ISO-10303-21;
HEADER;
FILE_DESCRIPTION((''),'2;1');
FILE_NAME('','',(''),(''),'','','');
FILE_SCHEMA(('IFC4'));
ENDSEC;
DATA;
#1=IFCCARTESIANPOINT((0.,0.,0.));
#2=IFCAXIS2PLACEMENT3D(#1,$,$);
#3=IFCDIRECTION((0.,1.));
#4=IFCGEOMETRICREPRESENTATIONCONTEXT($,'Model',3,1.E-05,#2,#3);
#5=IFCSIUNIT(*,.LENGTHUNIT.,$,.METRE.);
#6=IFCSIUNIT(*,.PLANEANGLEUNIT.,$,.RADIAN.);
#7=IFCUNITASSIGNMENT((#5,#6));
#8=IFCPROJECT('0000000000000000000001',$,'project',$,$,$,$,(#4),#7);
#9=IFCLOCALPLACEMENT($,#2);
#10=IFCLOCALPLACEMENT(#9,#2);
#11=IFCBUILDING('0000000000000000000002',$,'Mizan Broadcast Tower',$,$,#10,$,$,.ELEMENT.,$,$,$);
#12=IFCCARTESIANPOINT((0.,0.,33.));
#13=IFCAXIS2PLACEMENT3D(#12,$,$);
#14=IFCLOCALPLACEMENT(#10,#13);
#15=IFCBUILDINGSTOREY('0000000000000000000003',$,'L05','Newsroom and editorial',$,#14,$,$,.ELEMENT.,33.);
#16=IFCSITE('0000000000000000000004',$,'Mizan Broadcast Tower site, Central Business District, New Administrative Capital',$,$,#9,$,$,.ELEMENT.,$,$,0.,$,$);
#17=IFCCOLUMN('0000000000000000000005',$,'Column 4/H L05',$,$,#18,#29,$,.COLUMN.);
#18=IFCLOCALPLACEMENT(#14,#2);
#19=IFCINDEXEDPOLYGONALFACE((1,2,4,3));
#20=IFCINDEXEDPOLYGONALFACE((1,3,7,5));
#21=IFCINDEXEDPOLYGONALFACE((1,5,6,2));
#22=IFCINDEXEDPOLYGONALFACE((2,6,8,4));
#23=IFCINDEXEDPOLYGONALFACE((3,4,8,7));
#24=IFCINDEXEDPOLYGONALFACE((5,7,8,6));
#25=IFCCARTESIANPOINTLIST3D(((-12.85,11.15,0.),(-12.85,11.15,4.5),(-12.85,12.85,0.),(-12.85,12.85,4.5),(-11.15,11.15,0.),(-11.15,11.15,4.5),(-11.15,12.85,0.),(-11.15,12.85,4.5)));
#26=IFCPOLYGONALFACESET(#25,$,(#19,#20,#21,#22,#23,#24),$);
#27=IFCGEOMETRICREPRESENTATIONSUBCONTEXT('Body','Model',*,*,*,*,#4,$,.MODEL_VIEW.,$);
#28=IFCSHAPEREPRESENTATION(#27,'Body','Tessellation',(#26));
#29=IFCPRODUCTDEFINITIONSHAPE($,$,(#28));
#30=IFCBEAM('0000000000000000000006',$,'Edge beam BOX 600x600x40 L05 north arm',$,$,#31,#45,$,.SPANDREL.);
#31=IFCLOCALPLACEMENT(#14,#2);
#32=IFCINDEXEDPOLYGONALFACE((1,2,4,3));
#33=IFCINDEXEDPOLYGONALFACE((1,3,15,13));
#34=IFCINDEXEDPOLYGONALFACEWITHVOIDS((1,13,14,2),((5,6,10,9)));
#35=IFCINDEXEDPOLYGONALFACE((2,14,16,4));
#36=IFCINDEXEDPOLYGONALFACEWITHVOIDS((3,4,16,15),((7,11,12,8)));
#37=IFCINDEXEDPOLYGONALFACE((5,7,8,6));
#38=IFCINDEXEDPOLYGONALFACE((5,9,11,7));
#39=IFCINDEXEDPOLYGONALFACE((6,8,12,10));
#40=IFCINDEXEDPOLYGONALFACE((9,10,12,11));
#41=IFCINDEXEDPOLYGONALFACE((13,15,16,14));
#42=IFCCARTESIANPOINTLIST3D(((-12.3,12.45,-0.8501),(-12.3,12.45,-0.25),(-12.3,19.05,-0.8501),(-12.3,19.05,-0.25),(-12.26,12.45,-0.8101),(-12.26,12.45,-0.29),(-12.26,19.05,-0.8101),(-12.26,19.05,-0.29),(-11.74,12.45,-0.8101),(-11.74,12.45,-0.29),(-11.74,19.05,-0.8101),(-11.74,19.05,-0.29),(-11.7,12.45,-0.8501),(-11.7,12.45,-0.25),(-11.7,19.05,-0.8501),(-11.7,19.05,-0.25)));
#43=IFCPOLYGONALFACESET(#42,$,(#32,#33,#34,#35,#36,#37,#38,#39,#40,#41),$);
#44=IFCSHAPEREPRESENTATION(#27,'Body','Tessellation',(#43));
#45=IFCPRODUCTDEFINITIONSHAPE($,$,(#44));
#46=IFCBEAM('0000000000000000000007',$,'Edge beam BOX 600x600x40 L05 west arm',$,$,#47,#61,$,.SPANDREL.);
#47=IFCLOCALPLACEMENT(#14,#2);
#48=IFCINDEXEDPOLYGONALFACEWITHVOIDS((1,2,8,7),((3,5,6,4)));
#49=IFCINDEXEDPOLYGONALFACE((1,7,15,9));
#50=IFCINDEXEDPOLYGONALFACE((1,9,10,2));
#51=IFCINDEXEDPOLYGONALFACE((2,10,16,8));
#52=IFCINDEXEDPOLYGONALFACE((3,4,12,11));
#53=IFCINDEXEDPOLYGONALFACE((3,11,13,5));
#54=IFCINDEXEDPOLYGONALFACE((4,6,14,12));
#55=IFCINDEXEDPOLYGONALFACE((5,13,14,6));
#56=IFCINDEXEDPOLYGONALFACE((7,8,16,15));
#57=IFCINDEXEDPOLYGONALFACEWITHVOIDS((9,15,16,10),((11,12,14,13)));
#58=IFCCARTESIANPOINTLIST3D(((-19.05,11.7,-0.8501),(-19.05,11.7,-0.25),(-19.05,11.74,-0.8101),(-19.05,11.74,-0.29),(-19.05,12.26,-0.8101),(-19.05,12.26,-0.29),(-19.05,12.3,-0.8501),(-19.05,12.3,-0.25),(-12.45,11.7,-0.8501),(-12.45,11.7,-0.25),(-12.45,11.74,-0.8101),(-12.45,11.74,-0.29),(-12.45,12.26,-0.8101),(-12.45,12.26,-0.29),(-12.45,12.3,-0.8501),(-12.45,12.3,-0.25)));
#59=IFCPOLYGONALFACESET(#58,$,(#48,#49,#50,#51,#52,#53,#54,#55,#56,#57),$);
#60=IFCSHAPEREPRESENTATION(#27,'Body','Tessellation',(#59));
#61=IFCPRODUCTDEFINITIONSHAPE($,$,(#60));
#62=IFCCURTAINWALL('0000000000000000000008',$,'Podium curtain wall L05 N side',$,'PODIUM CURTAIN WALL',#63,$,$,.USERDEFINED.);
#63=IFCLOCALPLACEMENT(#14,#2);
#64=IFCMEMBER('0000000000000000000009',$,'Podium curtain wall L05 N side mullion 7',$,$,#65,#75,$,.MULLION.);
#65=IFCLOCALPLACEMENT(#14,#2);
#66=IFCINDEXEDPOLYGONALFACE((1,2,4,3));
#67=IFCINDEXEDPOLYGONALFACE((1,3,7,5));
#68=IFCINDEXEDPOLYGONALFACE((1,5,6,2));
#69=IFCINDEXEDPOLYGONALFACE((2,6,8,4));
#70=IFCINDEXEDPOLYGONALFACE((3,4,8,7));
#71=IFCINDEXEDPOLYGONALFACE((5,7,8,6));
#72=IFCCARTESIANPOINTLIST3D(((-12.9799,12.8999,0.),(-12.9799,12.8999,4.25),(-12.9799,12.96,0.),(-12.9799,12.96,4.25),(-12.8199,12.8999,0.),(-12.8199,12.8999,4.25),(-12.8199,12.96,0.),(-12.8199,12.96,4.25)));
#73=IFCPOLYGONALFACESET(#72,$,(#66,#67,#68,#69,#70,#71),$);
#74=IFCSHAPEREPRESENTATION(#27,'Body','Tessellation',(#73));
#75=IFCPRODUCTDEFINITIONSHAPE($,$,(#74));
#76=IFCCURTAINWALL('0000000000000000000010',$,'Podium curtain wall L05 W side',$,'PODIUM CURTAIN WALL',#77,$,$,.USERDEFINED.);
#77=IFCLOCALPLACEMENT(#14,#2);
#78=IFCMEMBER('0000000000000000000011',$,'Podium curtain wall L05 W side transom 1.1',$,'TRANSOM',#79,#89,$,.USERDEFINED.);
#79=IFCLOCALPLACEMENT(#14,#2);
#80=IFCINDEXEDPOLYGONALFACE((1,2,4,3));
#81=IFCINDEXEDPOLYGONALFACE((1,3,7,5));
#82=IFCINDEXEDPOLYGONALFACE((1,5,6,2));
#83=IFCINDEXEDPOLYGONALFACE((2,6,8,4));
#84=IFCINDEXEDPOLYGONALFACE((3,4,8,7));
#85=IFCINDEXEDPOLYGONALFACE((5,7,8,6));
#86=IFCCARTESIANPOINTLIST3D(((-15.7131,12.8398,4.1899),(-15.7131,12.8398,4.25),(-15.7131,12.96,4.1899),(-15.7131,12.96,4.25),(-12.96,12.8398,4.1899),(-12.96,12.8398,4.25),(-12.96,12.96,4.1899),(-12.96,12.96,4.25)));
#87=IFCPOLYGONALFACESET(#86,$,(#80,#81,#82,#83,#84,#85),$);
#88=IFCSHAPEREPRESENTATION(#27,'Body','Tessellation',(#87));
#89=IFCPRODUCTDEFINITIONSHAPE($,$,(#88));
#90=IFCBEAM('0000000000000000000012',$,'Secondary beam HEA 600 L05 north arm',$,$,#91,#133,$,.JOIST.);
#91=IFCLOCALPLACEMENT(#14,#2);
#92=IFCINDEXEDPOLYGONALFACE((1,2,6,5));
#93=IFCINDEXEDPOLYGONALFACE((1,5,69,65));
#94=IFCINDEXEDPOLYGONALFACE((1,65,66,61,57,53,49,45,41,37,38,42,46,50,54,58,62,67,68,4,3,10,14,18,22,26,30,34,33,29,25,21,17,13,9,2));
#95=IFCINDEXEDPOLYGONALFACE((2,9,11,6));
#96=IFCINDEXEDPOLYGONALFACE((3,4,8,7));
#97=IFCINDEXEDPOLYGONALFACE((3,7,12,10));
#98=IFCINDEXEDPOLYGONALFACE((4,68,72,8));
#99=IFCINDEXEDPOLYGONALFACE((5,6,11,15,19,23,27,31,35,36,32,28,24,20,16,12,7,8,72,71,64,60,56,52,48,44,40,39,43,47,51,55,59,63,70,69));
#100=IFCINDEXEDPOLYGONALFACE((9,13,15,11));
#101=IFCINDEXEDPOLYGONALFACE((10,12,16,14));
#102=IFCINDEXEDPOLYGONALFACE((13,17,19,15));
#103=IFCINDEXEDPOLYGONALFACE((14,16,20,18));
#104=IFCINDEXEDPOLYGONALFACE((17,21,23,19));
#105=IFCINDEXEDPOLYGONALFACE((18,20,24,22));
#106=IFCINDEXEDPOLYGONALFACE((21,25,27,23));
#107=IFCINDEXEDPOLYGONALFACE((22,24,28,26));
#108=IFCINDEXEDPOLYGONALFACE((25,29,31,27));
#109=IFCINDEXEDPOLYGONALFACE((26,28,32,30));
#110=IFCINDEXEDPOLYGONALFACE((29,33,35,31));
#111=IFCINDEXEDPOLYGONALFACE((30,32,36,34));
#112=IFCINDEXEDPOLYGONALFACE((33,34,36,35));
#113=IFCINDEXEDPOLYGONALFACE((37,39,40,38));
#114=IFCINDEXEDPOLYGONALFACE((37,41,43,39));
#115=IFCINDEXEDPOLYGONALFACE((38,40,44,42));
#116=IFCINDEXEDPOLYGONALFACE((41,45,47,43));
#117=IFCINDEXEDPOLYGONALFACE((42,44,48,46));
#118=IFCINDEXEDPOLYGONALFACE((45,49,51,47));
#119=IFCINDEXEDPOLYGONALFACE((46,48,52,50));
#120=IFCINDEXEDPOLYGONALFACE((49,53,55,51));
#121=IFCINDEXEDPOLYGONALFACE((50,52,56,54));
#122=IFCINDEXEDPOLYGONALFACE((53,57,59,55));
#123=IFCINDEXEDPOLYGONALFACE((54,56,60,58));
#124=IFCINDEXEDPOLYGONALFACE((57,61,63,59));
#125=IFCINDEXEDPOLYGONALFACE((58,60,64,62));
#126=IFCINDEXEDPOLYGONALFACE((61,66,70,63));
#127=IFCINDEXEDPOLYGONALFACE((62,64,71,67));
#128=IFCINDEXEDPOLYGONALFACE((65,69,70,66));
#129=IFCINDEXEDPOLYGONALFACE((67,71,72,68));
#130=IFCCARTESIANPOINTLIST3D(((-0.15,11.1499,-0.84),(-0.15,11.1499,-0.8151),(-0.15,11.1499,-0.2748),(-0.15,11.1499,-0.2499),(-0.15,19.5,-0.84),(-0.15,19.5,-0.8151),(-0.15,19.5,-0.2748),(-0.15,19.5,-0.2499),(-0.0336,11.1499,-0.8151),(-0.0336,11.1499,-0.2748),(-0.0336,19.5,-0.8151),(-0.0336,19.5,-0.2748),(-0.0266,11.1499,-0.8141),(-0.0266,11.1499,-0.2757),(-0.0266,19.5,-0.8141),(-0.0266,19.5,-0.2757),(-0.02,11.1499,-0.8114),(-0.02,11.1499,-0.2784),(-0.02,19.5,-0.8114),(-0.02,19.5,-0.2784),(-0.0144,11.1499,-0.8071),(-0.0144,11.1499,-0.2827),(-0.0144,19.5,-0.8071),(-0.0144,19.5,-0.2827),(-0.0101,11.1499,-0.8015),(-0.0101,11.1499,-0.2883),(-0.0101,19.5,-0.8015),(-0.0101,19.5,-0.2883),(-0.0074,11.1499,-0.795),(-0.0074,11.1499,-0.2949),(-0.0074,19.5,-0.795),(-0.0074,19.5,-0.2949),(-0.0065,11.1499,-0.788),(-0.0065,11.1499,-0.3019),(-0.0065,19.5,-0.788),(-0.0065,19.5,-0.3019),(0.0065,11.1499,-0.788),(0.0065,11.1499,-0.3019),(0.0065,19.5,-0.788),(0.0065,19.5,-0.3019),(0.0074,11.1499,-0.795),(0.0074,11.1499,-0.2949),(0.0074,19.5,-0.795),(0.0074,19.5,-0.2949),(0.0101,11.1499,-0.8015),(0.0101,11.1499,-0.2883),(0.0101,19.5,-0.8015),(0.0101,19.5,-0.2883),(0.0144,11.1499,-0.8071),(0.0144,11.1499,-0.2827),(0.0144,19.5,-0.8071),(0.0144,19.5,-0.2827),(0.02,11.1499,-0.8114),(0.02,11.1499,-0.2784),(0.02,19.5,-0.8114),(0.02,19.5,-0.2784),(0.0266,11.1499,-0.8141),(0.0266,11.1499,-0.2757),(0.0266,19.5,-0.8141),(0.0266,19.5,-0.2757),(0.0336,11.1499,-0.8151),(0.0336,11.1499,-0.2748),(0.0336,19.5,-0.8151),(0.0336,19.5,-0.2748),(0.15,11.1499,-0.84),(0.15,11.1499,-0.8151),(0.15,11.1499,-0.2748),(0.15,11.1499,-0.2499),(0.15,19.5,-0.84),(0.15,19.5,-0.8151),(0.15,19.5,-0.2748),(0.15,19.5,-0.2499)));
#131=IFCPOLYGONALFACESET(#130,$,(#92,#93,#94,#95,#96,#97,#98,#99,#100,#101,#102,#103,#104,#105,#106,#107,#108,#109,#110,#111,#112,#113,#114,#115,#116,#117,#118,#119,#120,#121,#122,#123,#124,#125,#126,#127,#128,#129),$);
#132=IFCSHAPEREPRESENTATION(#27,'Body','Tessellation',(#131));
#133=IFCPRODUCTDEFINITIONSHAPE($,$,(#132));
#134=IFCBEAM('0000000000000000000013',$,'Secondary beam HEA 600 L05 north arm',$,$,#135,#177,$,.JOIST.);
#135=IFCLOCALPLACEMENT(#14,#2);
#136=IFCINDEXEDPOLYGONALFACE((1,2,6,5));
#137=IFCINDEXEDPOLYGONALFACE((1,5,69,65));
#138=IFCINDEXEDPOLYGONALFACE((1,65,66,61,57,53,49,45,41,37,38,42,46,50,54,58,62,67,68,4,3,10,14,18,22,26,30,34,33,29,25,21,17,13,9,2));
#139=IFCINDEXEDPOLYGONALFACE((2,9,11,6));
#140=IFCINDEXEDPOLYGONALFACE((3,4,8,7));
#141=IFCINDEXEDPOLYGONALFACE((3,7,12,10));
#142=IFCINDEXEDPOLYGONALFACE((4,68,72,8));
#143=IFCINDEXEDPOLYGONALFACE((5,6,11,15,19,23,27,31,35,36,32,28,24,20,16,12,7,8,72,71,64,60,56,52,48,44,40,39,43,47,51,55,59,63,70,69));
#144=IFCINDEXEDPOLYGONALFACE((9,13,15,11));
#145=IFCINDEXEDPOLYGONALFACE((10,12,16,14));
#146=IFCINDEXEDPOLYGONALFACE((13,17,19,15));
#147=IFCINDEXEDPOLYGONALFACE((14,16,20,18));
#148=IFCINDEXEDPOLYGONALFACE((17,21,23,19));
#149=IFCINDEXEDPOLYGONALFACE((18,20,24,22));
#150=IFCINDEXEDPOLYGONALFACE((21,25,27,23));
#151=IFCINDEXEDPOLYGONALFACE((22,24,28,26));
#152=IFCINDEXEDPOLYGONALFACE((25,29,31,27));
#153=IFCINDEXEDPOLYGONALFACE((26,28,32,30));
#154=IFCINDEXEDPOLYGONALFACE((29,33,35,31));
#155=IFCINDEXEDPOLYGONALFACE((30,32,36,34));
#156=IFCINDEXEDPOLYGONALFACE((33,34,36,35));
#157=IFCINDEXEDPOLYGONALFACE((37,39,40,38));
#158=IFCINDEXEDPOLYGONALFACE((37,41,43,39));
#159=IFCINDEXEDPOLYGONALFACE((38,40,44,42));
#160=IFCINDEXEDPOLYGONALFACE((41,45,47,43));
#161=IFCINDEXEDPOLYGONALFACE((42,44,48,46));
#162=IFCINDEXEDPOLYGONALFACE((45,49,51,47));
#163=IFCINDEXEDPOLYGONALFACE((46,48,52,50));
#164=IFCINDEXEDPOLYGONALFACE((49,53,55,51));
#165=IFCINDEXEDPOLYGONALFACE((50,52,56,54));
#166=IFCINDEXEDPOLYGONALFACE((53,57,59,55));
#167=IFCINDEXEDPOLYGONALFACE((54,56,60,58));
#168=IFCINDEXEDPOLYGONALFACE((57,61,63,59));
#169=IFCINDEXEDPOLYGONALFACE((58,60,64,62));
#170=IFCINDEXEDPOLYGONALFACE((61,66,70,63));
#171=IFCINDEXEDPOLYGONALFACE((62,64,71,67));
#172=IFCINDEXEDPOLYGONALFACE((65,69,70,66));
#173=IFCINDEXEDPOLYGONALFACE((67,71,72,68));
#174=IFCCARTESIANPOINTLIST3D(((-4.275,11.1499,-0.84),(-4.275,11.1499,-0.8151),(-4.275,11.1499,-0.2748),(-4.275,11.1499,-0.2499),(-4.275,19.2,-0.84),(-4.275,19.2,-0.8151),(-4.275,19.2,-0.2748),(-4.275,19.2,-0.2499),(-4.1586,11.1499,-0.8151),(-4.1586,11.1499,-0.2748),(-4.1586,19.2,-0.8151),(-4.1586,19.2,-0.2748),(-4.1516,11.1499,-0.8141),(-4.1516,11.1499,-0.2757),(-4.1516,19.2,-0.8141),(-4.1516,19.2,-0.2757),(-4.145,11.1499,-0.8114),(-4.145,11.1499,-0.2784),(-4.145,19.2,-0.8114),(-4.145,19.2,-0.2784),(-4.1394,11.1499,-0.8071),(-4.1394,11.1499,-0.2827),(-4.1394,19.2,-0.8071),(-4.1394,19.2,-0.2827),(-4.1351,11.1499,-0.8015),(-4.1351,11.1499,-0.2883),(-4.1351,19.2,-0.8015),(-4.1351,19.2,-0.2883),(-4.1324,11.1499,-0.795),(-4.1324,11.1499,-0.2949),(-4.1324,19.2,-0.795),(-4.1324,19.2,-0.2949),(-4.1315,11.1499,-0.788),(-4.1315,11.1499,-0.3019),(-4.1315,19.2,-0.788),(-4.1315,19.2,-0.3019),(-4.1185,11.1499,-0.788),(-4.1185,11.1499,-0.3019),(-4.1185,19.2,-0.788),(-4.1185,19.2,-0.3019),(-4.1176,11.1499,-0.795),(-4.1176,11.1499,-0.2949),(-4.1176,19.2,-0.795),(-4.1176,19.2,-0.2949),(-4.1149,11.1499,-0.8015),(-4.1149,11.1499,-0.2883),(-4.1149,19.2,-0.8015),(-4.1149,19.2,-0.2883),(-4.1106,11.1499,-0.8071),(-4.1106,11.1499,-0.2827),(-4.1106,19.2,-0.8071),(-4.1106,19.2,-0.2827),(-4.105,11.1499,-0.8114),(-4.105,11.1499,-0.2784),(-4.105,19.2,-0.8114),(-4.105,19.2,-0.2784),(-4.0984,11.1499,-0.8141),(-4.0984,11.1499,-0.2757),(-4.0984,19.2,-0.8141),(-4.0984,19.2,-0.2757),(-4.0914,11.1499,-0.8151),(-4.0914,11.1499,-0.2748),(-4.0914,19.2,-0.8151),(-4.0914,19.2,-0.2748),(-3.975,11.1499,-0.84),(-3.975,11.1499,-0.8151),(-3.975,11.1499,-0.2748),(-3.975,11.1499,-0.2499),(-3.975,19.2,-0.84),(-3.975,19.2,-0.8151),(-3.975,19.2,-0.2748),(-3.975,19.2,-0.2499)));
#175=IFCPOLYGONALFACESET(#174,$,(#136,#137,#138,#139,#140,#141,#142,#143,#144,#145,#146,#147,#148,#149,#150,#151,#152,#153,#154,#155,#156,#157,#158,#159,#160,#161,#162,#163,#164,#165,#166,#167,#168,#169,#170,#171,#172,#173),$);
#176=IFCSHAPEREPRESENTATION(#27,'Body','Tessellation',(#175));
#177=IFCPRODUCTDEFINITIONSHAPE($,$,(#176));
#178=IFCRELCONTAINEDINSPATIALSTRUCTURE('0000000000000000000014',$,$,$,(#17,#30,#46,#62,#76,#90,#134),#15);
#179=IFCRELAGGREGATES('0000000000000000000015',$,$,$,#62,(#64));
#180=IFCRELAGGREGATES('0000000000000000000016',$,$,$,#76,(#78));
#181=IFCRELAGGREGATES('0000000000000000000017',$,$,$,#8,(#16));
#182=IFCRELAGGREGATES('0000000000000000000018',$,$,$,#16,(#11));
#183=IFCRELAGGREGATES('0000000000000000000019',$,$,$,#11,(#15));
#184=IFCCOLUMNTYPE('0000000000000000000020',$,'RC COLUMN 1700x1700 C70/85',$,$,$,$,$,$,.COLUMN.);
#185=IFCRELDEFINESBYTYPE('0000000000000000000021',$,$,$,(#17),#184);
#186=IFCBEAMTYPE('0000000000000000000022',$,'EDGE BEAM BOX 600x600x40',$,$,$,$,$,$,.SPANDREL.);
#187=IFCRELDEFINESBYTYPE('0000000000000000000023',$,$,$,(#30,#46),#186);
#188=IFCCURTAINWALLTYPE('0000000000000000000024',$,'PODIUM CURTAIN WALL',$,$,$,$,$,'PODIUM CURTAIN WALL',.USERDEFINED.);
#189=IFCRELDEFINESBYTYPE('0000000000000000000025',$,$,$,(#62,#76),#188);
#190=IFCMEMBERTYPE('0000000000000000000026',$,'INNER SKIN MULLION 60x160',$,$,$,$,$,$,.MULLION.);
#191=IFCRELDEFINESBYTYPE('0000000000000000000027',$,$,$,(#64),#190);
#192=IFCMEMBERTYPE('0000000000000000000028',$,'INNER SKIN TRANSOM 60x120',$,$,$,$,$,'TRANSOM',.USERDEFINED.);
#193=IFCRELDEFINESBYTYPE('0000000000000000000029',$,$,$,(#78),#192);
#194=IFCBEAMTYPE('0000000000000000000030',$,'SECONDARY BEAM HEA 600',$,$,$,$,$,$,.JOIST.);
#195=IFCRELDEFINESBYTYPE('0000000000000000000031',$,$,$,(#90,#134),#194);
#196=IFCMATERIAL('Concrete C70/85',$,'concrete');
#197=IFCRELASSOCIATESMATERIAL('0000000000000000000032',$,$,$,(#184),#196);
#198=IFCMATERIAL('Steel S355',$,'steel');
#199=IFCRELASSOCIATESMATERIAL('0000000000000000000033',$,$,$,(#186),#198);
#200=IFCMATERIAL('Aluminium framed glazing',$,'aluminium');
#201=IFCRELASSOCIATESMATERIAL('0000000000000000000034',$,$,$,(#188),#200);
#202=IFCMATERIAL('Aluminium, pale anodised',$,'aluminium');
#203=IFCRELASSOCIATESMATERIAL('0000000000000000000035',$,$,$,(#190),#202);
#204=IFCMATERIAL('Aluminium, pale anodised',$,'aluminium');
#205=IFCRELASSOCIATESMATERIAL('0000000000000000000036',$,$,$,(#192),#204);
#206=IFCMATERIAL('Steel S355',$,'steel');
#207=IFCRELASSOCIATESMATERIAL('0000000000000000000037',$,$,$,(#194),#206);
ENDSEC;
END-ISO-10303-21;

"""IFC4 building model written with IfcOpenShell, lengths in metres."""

from ifc_helpers import new_model, si_unit, direction, frame, origin, origin_2d, place, context, subcontext, project, spatial, rectangle, hollow_rectangle, i_section, extrude, material, material_profile, profile_set, type_object, element, aggregate, save


model = new_model("IFC4")

# Units and contexts
model_context = context("Model", 3, precision=1e-05, world=origin(), true_north=direction((0.0, 1.0)))
body_context = subcontext(model_context, "Body", "Model", "MODEL_VIEW")
ifc_project = project(units=[si_unit("LENGTHUNIT", "METRE"), si_unit("PLANEANGLEUNIT", "RADIAN")], contexts=[model_context])

# Site, building, storey
site_placement = place(None, origin())
site = spatial("IfcSite", under=ifc_project, at=site_placement, Name="Mizan Broadcast Tower site, Central Business District, New Administrative Capital", CompositionType="ELEMENT", RefElevation=0.0)
building_placement = place(site_placement, origin())
building = spatial("IfcBuilding", under=site, at=building_placement, Name="Mizan Broadcast Tower", CompositionType="ELEMENT")
storey_placement = place(building_placement, frame((0.0, 0.0, 33.0)))
storey = spatial("IfcBuildingStorey", under=building, at=storey_placement, Name="L05", Description="Newsroom and editorial", CompositionType="ELEMENT", Elevation=33.0)

# Column
ifc_material_1 = material(Name="Concrete C70/85", Category="concrete")
ifc_material_profile_1 = material_profile(ifc_material_1, rectangle(XDim=1.7, YDim=1.7, at=origin_2d()), Name="RC 1700x1700")
ifc_profile_set_1 = profile_set([ifc_material_profile_1], Name="Concrete C70/85")
column_type = type_object("IfcColumnType", Name="RC COLUMN 1700x1700 C70/85", PredefinedType="COLUMN", material=ifc_profile_set_1)
column_placement = place(storey_placement, frame((-12.0, 12.0, 0.0), z_axis=(0.0, 0.0, 1.0), x_axis=(1.0, 0.0, 0.0)))
element("IfcColumn", 1, at=column_placement, inside=storey, type_object=column_type, Name="Column 4/H L05", PredefinedType="COLUMN", context=body_context, shape_type="SweptSolid", body=[
    extrude(rectangle(XDim=1.7, YDim=1.7, at=origin_2d()), origin(), (0.0, 0.0, 1.0), 4.5),
])

# Beams
ifc_material_2 = material(Name="Steel S355", Category="steel")
ifc_material_profile_2 = material_profile(ifc_material_2, hollow_rectangle(XDim=0.6001, YDim=0.6001, WallThickness=0.04, at=origin_2d()), Name="BOX 600x600x40")
ifc_profile_set_2 = profile_set([ifc_material_profile_2], Name="Steel S355")
beam_type_1 = type_object("IfcBeamType", Name="EDGE BEAM BOX 600x600x40", PredefinedType="SPANDREL", material=ifc_profile_set_2)
for number, where, z_axis, x_axis, name in (
    (2, (-12.0, 12.45, -0.55), (0.0, 1.0, 0.0), (-1.0, 0.0, 0.0), "Edge beam BOX 600x600x40 L05 north arm"),
    (3, (-12.45, 12.0, -0.55), (-1.0, 0.0, 0.0), (0.0, -1.0, 0.0), "Edge beam BOX 600x600x40 L05 west arm"),
):
    element("IfcBeam", number, at=place(storey_placement, frame(where, z_axis=z_axis, x_axis=x_axis)), inside=storey, type_object=beam_type_1, Name=name, PredefinedType="SPANDREL", context=body_context, shape_type="SweptSolid", body=[
        extrude(hollow_rectangle(XDim=0.6001, YDim=0.6001, WallThickness=0.04, at=origin_2d()), origin(), (0.0, 0.0, 1.0), 6.6001),
    ])

# Curtain walls, members
ifc_material_3 = material(Name="Aluminium framed glazing", Category="aluminium")
curtain_wall_type = type_object("IfcCurtainWallType", Name="PODIUM CURTAIN WALL", ElementType="PODIUM CURTAIN WALL", PredefinedType="USERDEFINED", material=ifc_material_3)
curtain_wall_1_placement = place(storey_placement, origin())
curtain_wall_1 = element("IfcCurtainWall", 4, at=curtain_wall_1_placement, inside=storey, type_object=curtain_wall_type, Name="Podium curtain wall L05 N side", ObjectType="PODIUM CURTAIN WALL", PredefinedType="USERDEFINED")
ifc_material_4 = material(Name="Aluminium, pale anodised", Category="aluminium")
ifc_material_profile_3 = material_profile(ifc_material_4, rectangle(XDim=0.1599, YDim=0.0601, at=origin_2d()), Name="MULLION 160x60")
ifc_profile_set_3 = profile_set([ifc_material_profile_3], Name="Aluminium, pale anodised")
member_type_1 = type_object("IfcMemberType", Name="INNER SKIN MULLION 60x160", PredefinedType="MULLION", material=ifc_profile_set_3)
member_1_placement = place(storey_placement, frame((-12.8999, 12.9299, 0.0), z_axis=(0.0, 0.0, 1.0), x_axis=(1.0, 0.0, 0.0)))
member_1 = element("IfcMember", 5, at=member_1_placement, type_object=member_type_1, Name="Podium curtain wall L05 N side mullion 7", PredefinedType="MULLION", context=body_context, shape_type="SweptSolid", body=[
    extrude(rectangle(XDim=0.1599, YDim=0.0601, at=origin_2d()), origin(), (0.0, 0.0, 1.0), 4.25),
])
aggregate(curtain_wall_1, [member_1])
curtain_wall_2_placement = place(storey_placement, origin())
curtain_wall_2 = element("IfcCurtainWall", 6, at=curtain_wall_2_placement, inside=storey, type_object=curtain_wall_type, Name="Podium curtain wall L05 W side", ObjectType="PODIUM CURTAIN WALL", PredefinedType="USERDEFINED")
ifc_material_5 = material(Name="Aluminium, pale anodised", Category="aluminium")
ifc_material_profile_4 = material_profile(ifc_material_5, rectangle(XDim=0.1201, YDim=0.0601, at=origin_2d()), Name="TRANSOM 120x60")
ifc_profile_set_4 = profile_set([ifc_material_profile_4], Name="Aluminium, pale anodised")
member_type_2 = type_object("IfcMemberType", Name="INNER SKIN TRANSOM 60x120", ElementType="TRANSOM", PredefinedType="USERDEFINED", material=ifc_profile_set_4)
member_2_placement = place(storey_placement, frame((-12.96, 12.8999, 4.22), z_axis=(-1.0, 0.0, 0.0), x_axis=(0.0, -1.0, 0.0)))
member_2 = element("IfcMember", 7, at=member_2_placement, type_object=member_type_2, Name="Podium curtain wall L05 W side transom 1.1", ObjectType="TRANSOM", PredefinedType="USERDEFINED", context=body_context, shape_type="SweptSolid", body=[
    extrude(rectangle(XDim=0.1201, YDim=0.0601, at=origin_2d()), origin(), (0.0, 0.0, 1.0), 2.7532),
])
aggregate(curtain_wall_2, [member_2])

# Beams
ifc_material_6 = material(Name="Steel S355", Category="steel")
ifc_material_profile_5 = material_profile(ifc_material_6, i_section(OverallWidth=0.3, OverallDepth=0.5901, WebThickness=0.0129, FlangeThickness=0.0249, FilletRadius=0.0271, at=origin_2d()), Name="HEA 600")
ifc_profile_set_5 = profile_set([ifc_material_profile_5], Name="Steel S355")
beam_type_2 = type_object("IfcBeamType", Name="SECONDARY BEAM HEA 600", PredefinedType="JOIST", material=ifc_profile_set_5)
beam_1_placement = place(storey_placement, frame((0.0, 11.1499, -0.5449), z_axis=(0.0, 1.0, 0.0), x_axis=(-1.0, 0.0, 0.0)))
element("IfcBeam", 8, at=beam_1_placement, inside=storey, type_object=beam_type_2, Name="Secondary beam HEA 600 L05 north arm", PredefinedType="JOIST", context=body_context, shape_type="SweptSolid", body=[
    extrude(i_section(OverallWidth=0.3, OverallDepth=0.5901, WebThickness=0.0129, FlangeThickness=0.0249, FilletRadius=0.0271, at=origin_2d()), origin(), (0.0, 0.0, 1.0), 8.3501),
])
for number, where, z_axis, x_axis, name in (
    (9, (-4.125, 11.1499, -0.5449), (0.0, 1.0, 0.0), (-1.0, 0.0, 0.0), "Secondary beam HEA 600 L05 north arm"),
):
    element("IfcBeam", number, at=place(storey_placement, frame(where, z_axis=z_axis, x_axis=x_axis)), inside=storey, type_object=beam_type_2, Name=name, PredefinedType="JOIST", context=body_context, shape_type="SweptSolid", body=[
        extrude(i_section(OverallWidth=0.3, OverallDepth=0.5901, WebThickness=0.0129, FlangeThickness=0.0249, FilletRadius=0.0271, at=origin_2d()), origin(), (0.0, 0.0, 1.0), 8.05),
    ])

save(model, "model.ifc")
